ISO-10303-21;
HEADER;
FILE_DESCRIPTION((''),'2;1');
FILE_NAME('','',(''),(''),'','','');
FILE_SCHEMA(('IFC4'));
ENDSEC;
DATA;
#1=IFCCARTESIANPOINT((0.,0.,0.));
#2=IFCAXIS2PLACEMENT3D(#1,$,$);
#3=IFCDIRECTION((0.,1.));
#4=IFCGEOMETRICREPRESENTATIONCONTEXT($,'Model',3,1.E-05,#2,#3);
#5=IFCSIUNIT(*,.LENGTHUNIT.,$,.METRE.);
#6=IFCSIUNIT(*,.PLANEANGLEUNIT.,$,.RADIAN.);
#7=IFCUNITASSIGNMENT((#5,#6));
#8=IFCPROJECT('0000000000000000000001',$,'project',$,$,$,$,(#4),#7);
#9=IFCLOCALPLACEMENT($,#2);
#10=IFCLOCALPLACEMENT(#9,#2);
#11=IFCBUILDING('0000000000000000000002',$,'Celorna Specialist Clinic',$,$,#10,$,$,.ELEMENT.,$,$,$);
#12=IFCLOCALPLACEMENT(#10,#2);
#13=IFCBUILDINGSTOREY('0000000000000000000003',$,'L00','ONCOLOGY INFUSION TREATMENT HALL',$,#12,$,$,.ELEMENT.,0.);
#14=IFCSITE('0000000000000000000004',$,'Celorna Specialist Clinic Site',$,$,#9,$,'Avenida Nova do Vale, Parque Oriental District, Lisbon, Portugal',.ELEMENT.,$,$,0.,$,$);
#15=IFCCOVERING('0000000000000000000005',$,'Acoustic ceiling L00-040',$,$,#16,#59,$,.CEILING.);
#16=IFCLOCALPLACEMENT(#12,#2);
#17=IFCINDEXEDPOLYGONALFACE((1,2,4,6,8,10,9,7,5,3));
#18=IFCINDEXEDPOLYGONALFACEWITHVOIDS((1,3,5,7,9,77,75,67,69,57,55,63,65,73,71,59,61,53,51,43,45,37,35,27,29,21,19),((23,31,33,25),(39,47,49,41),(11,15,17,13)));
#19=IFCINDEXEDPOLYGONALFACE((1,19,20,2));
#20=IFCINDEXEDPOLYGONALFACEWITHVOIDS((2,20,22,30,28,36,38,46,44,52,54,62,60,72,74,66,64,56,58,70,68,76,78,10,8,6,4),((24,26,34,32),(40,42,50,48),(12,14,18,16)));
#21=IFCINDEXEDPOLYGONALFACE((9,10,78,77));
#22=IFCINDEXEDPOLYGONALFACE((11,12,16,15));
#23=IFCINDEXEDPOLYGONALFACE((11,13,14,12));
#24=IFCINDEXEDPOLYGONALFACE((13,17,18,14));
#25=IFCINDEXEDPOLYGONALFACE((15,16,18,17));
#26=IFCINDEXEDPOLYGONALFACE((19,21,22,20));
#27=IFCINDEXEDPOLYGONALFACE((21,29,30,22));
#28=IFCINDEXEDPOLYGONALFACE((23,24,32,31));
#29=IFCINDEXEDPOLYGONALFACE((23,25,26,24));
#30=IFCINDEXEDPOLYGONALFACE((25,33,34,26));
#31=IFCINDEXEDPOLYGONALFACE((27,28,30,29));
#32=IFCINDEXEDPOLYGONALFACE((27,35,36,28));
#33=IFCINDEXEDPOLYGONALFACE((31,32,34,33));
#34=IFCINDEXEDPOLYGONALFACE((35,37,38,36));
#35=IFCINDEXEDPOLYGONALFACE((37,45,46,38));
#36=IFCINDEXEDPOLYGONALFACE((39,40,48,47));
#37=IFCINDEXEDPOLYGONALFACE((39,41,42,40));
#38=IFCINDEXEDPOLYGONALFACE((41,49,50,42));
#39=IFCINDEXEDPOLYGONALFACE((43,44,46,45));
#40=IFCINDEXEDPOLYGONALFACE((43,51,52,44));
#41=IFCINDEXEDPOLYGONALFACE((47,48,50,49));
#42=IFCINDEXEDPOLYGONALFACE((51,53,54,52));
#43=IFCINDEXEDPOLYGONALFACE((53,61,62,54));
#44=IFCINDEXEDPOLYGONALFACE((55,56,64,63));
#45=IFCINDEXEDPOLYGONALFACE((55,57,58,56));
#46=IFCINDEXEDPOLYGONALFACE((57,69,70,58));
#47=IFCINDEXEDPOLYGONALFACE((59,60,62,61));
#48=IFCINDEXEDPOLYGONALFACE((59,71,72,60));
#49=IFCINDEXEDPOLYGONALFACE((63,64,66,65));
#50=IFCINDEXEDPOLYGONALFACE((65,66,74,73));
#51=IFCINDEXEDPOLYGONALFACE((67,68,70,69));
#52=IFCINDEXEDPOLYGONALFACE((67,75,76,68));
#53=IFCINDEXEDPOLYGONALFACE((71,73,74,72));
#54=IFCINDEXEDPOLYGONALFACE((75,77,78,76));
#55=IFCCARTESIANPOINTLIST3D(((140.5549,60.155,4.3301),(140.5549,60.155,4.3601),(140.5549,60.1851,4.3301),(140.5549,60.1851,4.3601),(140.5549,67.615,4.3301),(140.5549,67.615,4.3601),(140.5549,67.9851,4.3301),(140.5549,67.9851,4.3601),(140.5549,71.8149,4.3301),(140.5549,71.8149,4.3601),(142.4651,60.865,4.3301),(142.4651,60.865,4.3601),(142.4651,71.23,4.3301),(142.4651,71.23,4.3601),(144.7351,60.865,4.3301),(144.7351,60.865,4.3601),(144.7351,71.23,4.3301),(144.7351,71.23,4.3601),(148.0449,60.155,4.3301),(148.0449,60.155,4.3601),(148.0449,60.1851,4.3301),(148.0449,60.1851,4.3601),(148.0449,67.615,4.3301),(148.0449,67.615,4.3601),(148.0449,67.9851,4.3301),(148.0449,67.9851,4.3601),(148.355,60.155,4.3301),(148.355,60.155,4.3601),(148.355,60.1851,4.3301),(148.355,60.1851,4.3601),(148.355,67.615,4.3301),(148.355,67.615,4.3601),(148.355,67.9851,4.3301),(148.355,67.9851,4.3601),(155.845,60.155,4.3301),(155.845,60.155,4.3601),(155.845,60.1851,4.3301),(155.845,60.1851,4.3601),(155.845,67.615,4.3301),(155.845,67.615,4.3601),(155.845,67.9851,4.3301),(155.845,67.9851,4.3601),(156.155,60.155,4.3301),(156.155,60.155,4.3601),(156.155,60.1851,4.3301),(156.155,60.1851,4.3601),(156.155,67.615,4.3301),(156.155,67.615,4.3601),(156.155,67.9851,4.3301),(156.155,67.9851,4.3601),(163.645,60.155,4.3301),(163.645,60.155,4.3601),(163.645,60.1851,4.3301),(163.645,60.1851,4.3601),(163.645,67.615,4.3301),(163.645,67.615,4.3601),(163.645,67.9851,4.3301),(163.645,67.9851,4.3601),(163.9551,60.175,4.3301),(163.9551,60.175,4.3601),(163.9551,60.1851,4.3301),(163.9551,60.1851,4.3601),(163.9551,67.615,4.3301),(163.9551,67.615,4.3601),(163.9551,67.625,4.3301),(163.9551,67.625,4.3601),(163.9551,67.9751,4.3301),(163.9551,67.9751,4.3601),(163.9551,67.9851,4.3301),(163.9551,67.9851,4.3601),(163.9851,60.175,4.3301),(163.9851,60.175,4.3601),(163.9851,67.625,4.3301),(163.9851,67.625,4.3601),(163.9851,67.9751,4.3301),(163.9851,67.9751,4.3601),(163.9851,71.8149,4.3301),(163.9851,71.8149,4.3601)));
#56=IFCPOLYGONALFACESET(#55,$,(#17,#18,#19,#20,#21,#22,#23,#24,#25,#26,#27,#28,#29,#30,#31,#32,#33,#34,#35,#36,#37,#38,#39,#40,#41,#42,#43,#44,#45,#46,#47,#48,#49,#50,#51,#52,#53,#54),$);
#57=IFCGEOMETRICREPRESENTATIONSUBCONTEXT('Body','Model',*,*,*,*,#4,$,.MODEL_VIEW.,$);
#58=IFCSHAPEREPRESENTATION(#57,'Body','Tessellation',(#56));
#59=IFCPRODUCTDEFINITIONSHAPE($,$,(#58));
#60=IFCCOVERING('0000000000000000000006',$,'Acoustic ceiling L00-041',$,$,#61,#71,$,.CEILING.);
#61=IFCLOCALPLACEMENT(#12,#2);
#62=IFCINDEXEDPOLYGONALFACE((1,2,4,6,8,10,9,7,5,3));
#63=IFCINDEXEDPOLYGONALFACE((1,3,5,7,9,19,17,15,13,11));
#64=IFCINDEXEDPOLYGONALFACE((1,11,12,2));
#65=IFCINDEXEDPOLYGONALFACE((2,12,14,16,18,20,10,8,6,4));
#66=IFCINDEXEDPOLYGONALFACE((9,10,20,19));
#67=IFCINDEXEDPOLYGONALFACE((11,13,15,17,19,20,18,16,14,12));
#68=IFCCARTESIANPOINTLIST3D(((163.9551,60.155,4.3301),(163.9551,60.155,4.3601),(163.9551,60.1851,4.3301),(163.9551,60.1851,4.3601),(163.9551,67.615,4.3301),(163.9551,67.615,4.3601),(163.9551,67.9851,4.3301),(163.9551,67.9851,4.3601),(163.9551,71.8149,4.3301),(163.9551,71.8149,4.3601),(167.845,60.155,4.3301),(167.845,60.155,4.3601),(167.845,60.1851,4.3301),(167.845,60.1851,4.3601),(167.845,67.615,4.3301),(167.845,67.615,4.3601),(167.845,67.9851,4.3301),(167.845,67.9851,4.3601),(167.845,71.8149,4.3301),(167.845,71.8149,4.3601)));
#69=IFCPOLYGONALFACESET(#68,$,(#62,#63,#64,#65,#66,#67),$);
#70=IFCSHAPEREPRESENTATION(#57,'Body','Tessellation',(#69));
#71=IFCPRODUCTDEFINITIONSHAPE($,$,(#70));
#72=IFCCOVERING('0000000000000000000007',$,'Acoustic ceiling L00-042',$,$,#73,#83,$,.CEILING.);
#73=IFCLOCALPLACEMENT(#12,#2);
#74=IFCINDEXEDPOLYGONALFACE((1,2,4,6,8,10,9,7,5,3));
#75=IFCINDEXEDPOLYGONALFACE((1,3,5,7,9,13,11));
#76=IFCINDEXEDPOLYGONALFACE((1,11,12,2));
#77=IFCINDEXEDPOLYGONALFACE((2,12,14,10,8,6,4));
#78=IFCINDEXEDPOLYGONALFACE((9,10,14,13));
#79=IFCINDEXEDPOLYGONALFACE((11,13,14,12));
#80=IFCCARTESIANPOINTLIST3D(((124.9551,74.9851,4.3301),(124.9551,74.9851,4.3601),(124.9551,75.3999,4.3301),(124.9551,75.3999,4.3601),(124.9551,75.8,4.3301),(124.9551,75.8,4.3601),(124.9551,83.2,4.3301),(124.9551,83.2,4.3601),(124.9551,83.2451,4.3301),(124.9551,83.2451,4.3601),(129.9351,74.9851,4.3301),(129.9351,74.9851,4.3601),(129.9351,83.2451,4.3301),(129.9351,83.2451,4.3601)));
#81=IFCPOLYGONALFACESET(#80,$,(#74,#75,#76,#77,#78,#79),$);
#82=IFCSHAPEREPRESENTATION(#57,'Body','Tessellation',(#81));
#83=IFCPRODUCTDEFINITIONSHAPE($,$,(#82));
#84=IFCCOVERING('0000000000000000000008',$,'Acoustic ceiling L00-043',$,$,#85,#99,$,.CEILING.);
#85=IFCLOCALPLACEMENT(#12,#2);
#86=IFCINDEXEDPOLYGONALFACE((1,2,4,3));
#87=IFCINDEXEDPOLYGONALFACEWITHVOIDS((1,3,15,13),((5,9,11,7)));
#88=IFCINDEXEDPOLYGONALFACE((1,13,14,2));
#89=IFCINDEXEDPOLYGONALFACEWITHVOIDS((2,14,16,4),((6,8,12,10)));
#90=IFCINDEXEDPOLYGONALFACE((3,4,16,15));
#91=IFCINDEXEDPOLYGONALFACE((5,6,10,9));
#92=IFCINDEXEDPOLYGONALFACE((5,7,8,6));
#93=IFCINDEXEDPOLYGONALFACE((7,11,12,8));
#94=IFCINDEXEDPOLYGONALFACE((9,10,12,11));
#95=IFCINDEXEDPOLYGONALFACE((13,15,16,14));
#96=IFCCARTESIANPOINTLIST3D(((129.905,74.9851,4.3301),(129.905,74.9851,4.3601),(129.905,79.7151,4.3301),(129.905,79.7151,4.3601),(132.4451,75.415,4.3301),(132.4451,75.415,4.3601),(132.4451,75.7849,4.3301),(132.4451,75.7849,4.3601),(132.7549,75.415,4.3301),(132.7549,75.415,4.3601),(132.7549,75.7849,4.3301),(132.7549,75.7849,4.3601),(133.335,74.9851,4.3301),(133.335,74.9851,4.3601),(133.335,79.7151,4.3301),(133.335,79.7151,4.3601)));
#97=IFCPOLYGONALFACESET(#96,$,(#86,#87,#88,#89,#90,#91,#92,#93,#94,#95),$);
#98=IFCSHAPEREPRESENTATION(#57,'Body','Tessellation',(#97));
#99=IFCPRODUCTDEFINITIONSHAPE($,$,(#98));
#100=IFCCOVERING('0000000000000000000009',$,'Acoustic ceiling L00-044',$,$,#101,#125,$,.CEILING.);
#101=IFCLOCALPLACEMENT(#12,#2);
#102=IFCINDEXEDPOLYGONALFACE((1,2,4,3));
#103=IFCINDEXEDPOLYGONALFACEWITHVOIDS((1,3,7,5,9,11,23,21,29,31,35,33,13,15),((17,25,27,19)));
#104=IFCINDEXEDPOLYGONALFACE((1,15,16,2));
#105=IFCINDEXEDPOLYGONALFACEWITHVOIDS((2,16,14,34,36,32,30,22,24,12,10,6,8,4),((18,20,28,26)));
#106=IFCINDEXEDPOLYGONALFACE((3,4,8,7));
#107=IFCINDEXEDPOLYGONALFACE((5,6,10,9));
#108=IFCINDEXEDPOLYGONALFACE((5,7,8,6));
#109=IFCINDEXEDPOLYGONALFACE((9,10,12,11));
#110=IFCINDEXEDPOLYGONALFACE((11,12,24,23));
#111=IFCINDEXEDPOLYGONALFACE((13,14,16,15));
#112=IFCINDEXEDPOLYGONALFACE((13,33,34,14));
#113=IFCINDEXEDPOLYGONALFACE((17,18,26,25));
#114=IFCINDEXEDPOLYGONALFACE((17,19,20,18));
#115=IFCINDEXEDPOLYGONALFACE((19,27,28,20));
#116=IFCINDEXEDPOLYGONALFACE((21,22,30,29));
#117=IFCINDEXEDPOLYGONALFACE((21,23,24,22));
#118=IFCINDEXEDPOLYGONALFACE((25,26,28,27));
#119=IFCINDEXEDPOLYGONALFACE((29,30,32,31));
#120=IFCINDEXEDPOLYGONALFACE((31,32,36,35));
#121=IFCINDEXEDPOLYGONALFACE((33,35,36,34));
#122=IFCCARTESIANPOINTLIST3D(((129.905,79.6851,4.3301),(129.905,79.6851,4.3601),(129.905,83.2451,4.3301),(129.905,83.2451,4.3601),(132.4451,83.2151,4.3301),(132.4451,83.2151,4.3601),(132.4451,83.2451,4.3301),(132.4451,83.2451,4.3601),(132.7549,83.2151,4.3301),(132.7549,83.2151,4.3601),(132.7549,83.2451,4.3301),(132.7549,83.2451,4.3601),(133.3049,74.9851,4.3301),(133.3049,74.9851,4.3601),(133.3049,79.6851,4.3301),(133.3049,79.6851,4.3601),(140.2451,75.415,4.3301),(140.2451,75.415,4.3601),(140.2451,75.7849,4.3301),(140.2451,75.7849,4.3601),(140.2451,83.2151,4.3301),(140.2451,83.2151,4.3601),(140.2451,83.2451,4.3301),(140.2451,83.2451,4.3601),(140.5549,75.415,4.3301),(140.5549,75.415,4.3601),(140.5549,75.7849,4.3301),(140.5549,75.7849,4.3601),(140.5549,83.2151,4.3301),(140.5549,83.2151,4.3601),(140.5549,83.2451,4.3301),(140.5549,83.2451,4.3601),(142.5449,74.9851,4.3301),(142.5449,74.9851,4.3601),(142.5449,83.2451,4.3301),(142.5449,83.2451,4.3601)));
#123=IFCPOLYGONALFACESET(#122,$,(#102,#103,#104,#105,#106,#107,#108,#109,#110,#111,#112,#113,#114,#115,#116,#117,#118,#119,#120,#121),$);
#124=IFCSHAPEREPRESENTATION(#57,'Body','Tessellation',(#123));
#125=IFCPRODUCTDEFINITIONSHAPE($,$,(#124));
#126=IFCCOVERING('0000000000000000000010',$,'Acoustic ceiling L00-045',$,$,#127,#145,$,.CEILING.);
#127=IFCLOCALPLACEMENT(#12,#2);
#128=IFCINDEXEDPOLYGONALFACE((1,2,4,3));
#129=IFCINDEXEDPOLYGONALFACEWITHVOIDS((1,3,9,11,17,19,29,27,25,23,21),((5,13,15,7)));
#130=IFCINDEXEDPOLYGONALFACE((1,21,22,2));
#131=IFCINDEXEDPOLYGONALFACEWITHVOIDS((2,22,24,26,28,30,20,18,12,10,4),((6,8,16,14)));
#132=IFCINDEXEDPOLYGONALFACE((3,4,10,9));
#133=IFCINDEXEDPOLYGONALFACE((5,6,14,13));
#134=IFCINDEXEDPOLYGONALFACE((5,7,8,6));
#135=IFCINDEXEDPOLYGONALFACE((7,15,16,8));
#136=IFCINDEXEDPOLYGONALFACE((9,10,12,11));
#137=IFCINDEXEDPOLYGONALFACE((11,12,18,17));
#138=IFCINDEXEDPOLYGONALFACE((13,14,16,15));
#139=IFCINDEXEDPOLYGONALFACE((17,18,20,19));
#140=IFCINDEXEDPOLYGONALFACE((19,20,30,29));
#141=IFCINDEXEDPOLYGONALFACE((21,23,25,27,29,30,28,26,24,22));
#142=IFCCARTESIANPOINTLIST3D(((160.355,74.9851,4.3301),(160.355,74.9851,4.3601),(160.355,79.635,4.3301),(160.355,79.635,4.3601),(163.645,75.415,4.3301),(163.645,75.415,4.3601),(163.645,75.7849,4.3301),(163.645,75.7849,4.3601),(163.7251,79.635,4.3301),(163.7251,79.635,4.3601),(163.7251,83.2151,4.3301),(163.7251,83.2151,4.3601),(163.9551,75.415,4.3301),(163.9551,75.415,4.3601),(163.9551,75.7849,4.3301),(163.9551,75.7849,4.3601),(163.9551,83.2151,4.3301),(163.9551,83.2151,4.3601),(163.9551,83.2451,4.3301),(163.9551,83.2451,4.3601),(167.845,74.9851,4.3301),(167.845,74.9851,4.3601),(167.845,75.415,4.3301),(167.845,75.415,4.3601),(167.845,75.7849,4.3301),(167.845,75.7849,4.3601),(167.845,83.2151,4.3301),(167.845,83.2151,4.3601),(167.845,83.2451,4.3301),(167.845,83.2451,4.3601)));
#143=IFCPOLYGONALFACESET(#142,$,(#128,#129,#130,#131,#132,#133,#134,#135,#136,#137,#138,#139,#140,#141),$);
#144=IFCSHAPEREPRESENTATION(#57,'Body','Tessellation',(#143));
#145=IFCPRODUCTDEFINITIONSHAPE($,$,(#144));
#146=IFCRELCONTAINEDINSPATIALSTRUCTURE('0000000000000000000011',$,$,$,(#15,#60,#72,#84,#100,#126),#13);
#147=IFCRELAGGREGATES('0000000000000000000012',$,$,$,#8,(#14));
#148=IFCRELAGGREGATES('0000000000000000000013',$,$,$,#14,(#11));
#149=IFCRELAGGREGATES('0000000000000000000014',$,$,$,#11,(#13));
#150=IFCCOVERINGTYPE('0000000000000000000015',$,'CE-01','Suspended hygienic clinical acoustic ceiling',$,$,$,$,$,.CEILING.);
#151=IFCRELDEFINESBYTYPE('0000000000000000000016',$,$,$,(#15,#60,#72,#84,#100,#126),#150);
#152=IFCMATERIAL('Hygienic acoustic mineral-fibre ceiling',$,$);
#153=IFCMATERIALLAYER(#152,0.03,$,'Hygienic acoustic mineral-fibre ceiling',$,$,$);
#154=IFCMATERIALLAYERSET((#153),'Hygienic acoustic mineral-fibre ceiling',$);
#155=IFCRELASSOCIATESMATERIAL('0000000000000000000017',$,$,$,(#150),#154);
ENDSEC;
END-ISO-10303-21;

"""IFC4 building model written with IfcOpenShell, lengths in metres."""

from ifc_helpers import new_model, si_unit, direction, frame, origin, place, context, subcontext, project, spatial, polyline, outline, extrude, material, layer, layer_set, type_object, element, save


model = new_model("IFC4")

# Units and contexts
model_context = context("Model", 3, precision=1e-05, world=origin(), true_north=direction((0.0, 1.0)))
body_context = subcontext(model_context, "Body", "Model", "MODEL_VIEW")
ifc_project = project(units=[si_unit("LENGTHUNIT", "METRE"), si_unit("PLANEANGLEUNIT", "RADIAN")], contexts=[model_context])

# Site, building, storey
site_placement = place(None, origin())
site = spatial("IfcSite", under=ifc_project, at=site_placement, Name="Celorna Specialist Clinic Site", LongName="Avenida Nova do Vale, Parque Oriental District, Lisbon, Portugal", CompositionType="ELEMENT", RefElevation=0.0)
building_placement = place(site_placement, origin())
building = spatial("IfcBuilding", under=site, at=building_placement, Name="Celorna Specialist Clinic", CompositionType="ELEMENT")
storey_placement = place(building_placement, origin())
storey = spatial("IfcBuildingStorey", under=building, at=storey_placement, Name="L00", Description="ONCOLOGY INFUSION TREATMENT HALL", CompositionType="ELEMENT", Elevation=0.0)

# Coverings
ifc_material_1 = material(Name="Hygienic acoustic mineral-fibre ceiling")
ifc_layer_1 = layer(ifc_material_1, 0.03, Name="Hygienic acoustic mineral-fibre ceiling")
ifc_layer_set_1 = layer_set([ifc_layer_1], Name="Hygienic acoustic mineral-fibre ceiling")
covering_type = type_object("IfcCoveringType", Name="CE-01", Description="Suspended hygienic clinical acoustic ceiling", PredefinedType="CEILING", material=ifc_layer_set_1)
covering_1_placement = place(storey_placement, frame((0.0, 0.0, 4.3301)))
element("IfcCovering", 1, at=covering_1_placement, inside=storey, type_object=covering_type, Name="Acoustic ceiling L00-040", PredefinedType="CEILING", context=body_context, shape_type="SweptSolid", body=[
    extrude(outline(polyline([(163.9851, 71.8149), (163.9851, 67.9751), (163.9551, 67.9751), (163.9551, 67.9851), (163.645, 67.9851), (163.645, 67.615), (163.9551, 67.615), (163.9551, 67.625), (163.9851, 67.625), (163.9851, 60.175), (163.9551, 60.175), (163.9551, 60.1851), (163.645, 60.1851), (163.645, 60.155), (156.155, 60.155), (156.155, 60.1851), (155.845, 60.1851), (155.845, 60.155), (148.355, 60.155), (148.355, 60.1851), (148.0449, 60.1851), (148.0449, 60.155), (140.5549, 60.155), (140.5549, 60.1851), (140.5549, 67.615), (140.5549, 67.9851), (140.5549, 71.8149), (163.9851, 71.8149)]), holes=[polyline([(144.7351, 71.23), (142.4651, 71.23), (142.4651, 60.865), (144.7351, 60.865), (144.7351, 71.23)]), polyline([(156.155, 67.9851), (155.845, 67.9851), (155.845, 67.615), (156.155, 67.615), (156.155, 67.9851)]), polyline([(148.355, 67.615), (148.355, 67.9851), (148.0449, 67.9851), (148.0449, 67.615), (148.355, 67.615)])]), origin(), (0.0, 0.0, 1.0), 0.03),
])
covering_2_placement = place(storey_placement, frame((0.0, 0.0, 4.3301)))
element("IfcCovering", 2, at=covering_2_placement, inside=storey, type_object=covering_type, Name="Acoustic ceiling L00-041", PredefinedType="CEILING", context=body_context, shape_type="SweptSolid", body=[
    extrude(outline(polyline([(167.845, 71.8149), (167.845, 67.9851), (167.845, 67.615), (167.845, 60.1851), (167.845, 60.155), (163.9551, 60.155), (163.9551, 60.1851), (163.9551, 60.1851), (163.9551, 67.615), (163.9551, 67.615), (163.9551, 67.9851), (163.9551, 67.9851), (163.9551, 71.8149), (167.845, 71.8149)])), origin(), (0.0, 0.0, 1.0), 0.03),
])
covering_3_placement = place(storey_placement, frame((0.0, 0.0, 4.3301)))
element("IfcCovering", 3, at=covering_3_placement, inside=storey, type_object=covering_type, Name="Acoustic ceiling L00-042", PredefinedType="CEILING", context=body_context, shape_type="SweptSolid", body=[
    extrude(outline(polyline([(129.9351, 83.2451), (129.9351, 74.9851), (124.9551, 74.9851), (124.9551, 75.3999), (124.9551, 75.8), (124.9551, 83.2), (124.9551, 83.2451), (129.9351, 83.2451)])), origin(), (0.0, 0.0, 1.0), 0.03),
])
covering_4_placement = place(storey_placement, frame((0.0, 0.0, 4.3301)))
element("IfcCovering", 4, at=covering_4_placement, inside=storey, type_object=covering_type, Name="Acoustic ceiling L00-043", PredefinedType="CEILING", context=body_context, shape_type="SweptSolid", body=[
    extrude(outline(polyline([(133.335, 79.7151), (133.335, 74.9851), (129.905, 74.9851), (129.905, 79.7151), (133.335, 79.7151)]), holes=[polyline([(132.7549, 75.7849), (132.4451, 75.7849), (132.4451, 75.415), (132.7549, 75.415), (132.7549, 75.7849)])]), origin(), (0.0, 0.0, 1.0), 0.03),
])
covering_5_placement = place(storey_placement, frame((0.0, 0.0, 4.3301)))
element("IfcCovering", 5, at=covering_5_placement, inside=storey, type_object=covering_type, Name="Acoustic ceiling L00-044", PredefinedType="CEILING", context=body_context, shape_type="SweptSolid", body=[
    extrude(outline(polyline([(140.2451, 83.2451), (140.2451, 83.2151), (140.5549, 83.2151), (140.5549, 83.2451), (142.5449, 83.2451), (142.5449, 74.9851), (133.3049, 74.9851), (133.3049, 79.6851), (129.905, 79.6851), (129.905, 83.2451), (132.4451, 83.2451), (132.4451, 83.2151), (132.7549, 83.2151), (132.7549, 83.2451), (140.2451, 83.2451)]), holes=[polyline([(140.5549, 75.415), (140.5549, 75.7849), (140.2451, 75.7849), (140.2451, 75.415), (140.5549, 75.415)])]), origin(), (0.0, 0.0, 1.0), 0.03),
])
covering_6_placement = place(storey_placement, frame((0.0, 0.0, 4.3301)))
element("IfcCovering", 6, at=covering_6_placement, inside=storey, type_object=covering_type, Name="Acoustic ceiling L00-045", PredefinedType="CEILING", context=body_context, shape_type="SweptSolid", body=[
    extrude(outline(polyline([(167.845, 83.2451), (167.845, 83.2151), (167.845, 75.7849), (167.845, 75.415), (167.845, 74.9851), (160.355, 74.9851), (160.355, 79.635), (163.7251, 79.635), (163.7251, 83.2151), (163.9551, 83.2151), (163.9551, 83.2451), (167.845, 83.2451)]), holes=[polyline([(163.9551, 75.415), (163.9551, 75.7849), (163.645, 75.7849), (163.645, 75.415), (163.9551, 75.415)])]), origin(), (0.0, 0.0, 1.0), 0.03),
])

save(model, "model.ifc")
